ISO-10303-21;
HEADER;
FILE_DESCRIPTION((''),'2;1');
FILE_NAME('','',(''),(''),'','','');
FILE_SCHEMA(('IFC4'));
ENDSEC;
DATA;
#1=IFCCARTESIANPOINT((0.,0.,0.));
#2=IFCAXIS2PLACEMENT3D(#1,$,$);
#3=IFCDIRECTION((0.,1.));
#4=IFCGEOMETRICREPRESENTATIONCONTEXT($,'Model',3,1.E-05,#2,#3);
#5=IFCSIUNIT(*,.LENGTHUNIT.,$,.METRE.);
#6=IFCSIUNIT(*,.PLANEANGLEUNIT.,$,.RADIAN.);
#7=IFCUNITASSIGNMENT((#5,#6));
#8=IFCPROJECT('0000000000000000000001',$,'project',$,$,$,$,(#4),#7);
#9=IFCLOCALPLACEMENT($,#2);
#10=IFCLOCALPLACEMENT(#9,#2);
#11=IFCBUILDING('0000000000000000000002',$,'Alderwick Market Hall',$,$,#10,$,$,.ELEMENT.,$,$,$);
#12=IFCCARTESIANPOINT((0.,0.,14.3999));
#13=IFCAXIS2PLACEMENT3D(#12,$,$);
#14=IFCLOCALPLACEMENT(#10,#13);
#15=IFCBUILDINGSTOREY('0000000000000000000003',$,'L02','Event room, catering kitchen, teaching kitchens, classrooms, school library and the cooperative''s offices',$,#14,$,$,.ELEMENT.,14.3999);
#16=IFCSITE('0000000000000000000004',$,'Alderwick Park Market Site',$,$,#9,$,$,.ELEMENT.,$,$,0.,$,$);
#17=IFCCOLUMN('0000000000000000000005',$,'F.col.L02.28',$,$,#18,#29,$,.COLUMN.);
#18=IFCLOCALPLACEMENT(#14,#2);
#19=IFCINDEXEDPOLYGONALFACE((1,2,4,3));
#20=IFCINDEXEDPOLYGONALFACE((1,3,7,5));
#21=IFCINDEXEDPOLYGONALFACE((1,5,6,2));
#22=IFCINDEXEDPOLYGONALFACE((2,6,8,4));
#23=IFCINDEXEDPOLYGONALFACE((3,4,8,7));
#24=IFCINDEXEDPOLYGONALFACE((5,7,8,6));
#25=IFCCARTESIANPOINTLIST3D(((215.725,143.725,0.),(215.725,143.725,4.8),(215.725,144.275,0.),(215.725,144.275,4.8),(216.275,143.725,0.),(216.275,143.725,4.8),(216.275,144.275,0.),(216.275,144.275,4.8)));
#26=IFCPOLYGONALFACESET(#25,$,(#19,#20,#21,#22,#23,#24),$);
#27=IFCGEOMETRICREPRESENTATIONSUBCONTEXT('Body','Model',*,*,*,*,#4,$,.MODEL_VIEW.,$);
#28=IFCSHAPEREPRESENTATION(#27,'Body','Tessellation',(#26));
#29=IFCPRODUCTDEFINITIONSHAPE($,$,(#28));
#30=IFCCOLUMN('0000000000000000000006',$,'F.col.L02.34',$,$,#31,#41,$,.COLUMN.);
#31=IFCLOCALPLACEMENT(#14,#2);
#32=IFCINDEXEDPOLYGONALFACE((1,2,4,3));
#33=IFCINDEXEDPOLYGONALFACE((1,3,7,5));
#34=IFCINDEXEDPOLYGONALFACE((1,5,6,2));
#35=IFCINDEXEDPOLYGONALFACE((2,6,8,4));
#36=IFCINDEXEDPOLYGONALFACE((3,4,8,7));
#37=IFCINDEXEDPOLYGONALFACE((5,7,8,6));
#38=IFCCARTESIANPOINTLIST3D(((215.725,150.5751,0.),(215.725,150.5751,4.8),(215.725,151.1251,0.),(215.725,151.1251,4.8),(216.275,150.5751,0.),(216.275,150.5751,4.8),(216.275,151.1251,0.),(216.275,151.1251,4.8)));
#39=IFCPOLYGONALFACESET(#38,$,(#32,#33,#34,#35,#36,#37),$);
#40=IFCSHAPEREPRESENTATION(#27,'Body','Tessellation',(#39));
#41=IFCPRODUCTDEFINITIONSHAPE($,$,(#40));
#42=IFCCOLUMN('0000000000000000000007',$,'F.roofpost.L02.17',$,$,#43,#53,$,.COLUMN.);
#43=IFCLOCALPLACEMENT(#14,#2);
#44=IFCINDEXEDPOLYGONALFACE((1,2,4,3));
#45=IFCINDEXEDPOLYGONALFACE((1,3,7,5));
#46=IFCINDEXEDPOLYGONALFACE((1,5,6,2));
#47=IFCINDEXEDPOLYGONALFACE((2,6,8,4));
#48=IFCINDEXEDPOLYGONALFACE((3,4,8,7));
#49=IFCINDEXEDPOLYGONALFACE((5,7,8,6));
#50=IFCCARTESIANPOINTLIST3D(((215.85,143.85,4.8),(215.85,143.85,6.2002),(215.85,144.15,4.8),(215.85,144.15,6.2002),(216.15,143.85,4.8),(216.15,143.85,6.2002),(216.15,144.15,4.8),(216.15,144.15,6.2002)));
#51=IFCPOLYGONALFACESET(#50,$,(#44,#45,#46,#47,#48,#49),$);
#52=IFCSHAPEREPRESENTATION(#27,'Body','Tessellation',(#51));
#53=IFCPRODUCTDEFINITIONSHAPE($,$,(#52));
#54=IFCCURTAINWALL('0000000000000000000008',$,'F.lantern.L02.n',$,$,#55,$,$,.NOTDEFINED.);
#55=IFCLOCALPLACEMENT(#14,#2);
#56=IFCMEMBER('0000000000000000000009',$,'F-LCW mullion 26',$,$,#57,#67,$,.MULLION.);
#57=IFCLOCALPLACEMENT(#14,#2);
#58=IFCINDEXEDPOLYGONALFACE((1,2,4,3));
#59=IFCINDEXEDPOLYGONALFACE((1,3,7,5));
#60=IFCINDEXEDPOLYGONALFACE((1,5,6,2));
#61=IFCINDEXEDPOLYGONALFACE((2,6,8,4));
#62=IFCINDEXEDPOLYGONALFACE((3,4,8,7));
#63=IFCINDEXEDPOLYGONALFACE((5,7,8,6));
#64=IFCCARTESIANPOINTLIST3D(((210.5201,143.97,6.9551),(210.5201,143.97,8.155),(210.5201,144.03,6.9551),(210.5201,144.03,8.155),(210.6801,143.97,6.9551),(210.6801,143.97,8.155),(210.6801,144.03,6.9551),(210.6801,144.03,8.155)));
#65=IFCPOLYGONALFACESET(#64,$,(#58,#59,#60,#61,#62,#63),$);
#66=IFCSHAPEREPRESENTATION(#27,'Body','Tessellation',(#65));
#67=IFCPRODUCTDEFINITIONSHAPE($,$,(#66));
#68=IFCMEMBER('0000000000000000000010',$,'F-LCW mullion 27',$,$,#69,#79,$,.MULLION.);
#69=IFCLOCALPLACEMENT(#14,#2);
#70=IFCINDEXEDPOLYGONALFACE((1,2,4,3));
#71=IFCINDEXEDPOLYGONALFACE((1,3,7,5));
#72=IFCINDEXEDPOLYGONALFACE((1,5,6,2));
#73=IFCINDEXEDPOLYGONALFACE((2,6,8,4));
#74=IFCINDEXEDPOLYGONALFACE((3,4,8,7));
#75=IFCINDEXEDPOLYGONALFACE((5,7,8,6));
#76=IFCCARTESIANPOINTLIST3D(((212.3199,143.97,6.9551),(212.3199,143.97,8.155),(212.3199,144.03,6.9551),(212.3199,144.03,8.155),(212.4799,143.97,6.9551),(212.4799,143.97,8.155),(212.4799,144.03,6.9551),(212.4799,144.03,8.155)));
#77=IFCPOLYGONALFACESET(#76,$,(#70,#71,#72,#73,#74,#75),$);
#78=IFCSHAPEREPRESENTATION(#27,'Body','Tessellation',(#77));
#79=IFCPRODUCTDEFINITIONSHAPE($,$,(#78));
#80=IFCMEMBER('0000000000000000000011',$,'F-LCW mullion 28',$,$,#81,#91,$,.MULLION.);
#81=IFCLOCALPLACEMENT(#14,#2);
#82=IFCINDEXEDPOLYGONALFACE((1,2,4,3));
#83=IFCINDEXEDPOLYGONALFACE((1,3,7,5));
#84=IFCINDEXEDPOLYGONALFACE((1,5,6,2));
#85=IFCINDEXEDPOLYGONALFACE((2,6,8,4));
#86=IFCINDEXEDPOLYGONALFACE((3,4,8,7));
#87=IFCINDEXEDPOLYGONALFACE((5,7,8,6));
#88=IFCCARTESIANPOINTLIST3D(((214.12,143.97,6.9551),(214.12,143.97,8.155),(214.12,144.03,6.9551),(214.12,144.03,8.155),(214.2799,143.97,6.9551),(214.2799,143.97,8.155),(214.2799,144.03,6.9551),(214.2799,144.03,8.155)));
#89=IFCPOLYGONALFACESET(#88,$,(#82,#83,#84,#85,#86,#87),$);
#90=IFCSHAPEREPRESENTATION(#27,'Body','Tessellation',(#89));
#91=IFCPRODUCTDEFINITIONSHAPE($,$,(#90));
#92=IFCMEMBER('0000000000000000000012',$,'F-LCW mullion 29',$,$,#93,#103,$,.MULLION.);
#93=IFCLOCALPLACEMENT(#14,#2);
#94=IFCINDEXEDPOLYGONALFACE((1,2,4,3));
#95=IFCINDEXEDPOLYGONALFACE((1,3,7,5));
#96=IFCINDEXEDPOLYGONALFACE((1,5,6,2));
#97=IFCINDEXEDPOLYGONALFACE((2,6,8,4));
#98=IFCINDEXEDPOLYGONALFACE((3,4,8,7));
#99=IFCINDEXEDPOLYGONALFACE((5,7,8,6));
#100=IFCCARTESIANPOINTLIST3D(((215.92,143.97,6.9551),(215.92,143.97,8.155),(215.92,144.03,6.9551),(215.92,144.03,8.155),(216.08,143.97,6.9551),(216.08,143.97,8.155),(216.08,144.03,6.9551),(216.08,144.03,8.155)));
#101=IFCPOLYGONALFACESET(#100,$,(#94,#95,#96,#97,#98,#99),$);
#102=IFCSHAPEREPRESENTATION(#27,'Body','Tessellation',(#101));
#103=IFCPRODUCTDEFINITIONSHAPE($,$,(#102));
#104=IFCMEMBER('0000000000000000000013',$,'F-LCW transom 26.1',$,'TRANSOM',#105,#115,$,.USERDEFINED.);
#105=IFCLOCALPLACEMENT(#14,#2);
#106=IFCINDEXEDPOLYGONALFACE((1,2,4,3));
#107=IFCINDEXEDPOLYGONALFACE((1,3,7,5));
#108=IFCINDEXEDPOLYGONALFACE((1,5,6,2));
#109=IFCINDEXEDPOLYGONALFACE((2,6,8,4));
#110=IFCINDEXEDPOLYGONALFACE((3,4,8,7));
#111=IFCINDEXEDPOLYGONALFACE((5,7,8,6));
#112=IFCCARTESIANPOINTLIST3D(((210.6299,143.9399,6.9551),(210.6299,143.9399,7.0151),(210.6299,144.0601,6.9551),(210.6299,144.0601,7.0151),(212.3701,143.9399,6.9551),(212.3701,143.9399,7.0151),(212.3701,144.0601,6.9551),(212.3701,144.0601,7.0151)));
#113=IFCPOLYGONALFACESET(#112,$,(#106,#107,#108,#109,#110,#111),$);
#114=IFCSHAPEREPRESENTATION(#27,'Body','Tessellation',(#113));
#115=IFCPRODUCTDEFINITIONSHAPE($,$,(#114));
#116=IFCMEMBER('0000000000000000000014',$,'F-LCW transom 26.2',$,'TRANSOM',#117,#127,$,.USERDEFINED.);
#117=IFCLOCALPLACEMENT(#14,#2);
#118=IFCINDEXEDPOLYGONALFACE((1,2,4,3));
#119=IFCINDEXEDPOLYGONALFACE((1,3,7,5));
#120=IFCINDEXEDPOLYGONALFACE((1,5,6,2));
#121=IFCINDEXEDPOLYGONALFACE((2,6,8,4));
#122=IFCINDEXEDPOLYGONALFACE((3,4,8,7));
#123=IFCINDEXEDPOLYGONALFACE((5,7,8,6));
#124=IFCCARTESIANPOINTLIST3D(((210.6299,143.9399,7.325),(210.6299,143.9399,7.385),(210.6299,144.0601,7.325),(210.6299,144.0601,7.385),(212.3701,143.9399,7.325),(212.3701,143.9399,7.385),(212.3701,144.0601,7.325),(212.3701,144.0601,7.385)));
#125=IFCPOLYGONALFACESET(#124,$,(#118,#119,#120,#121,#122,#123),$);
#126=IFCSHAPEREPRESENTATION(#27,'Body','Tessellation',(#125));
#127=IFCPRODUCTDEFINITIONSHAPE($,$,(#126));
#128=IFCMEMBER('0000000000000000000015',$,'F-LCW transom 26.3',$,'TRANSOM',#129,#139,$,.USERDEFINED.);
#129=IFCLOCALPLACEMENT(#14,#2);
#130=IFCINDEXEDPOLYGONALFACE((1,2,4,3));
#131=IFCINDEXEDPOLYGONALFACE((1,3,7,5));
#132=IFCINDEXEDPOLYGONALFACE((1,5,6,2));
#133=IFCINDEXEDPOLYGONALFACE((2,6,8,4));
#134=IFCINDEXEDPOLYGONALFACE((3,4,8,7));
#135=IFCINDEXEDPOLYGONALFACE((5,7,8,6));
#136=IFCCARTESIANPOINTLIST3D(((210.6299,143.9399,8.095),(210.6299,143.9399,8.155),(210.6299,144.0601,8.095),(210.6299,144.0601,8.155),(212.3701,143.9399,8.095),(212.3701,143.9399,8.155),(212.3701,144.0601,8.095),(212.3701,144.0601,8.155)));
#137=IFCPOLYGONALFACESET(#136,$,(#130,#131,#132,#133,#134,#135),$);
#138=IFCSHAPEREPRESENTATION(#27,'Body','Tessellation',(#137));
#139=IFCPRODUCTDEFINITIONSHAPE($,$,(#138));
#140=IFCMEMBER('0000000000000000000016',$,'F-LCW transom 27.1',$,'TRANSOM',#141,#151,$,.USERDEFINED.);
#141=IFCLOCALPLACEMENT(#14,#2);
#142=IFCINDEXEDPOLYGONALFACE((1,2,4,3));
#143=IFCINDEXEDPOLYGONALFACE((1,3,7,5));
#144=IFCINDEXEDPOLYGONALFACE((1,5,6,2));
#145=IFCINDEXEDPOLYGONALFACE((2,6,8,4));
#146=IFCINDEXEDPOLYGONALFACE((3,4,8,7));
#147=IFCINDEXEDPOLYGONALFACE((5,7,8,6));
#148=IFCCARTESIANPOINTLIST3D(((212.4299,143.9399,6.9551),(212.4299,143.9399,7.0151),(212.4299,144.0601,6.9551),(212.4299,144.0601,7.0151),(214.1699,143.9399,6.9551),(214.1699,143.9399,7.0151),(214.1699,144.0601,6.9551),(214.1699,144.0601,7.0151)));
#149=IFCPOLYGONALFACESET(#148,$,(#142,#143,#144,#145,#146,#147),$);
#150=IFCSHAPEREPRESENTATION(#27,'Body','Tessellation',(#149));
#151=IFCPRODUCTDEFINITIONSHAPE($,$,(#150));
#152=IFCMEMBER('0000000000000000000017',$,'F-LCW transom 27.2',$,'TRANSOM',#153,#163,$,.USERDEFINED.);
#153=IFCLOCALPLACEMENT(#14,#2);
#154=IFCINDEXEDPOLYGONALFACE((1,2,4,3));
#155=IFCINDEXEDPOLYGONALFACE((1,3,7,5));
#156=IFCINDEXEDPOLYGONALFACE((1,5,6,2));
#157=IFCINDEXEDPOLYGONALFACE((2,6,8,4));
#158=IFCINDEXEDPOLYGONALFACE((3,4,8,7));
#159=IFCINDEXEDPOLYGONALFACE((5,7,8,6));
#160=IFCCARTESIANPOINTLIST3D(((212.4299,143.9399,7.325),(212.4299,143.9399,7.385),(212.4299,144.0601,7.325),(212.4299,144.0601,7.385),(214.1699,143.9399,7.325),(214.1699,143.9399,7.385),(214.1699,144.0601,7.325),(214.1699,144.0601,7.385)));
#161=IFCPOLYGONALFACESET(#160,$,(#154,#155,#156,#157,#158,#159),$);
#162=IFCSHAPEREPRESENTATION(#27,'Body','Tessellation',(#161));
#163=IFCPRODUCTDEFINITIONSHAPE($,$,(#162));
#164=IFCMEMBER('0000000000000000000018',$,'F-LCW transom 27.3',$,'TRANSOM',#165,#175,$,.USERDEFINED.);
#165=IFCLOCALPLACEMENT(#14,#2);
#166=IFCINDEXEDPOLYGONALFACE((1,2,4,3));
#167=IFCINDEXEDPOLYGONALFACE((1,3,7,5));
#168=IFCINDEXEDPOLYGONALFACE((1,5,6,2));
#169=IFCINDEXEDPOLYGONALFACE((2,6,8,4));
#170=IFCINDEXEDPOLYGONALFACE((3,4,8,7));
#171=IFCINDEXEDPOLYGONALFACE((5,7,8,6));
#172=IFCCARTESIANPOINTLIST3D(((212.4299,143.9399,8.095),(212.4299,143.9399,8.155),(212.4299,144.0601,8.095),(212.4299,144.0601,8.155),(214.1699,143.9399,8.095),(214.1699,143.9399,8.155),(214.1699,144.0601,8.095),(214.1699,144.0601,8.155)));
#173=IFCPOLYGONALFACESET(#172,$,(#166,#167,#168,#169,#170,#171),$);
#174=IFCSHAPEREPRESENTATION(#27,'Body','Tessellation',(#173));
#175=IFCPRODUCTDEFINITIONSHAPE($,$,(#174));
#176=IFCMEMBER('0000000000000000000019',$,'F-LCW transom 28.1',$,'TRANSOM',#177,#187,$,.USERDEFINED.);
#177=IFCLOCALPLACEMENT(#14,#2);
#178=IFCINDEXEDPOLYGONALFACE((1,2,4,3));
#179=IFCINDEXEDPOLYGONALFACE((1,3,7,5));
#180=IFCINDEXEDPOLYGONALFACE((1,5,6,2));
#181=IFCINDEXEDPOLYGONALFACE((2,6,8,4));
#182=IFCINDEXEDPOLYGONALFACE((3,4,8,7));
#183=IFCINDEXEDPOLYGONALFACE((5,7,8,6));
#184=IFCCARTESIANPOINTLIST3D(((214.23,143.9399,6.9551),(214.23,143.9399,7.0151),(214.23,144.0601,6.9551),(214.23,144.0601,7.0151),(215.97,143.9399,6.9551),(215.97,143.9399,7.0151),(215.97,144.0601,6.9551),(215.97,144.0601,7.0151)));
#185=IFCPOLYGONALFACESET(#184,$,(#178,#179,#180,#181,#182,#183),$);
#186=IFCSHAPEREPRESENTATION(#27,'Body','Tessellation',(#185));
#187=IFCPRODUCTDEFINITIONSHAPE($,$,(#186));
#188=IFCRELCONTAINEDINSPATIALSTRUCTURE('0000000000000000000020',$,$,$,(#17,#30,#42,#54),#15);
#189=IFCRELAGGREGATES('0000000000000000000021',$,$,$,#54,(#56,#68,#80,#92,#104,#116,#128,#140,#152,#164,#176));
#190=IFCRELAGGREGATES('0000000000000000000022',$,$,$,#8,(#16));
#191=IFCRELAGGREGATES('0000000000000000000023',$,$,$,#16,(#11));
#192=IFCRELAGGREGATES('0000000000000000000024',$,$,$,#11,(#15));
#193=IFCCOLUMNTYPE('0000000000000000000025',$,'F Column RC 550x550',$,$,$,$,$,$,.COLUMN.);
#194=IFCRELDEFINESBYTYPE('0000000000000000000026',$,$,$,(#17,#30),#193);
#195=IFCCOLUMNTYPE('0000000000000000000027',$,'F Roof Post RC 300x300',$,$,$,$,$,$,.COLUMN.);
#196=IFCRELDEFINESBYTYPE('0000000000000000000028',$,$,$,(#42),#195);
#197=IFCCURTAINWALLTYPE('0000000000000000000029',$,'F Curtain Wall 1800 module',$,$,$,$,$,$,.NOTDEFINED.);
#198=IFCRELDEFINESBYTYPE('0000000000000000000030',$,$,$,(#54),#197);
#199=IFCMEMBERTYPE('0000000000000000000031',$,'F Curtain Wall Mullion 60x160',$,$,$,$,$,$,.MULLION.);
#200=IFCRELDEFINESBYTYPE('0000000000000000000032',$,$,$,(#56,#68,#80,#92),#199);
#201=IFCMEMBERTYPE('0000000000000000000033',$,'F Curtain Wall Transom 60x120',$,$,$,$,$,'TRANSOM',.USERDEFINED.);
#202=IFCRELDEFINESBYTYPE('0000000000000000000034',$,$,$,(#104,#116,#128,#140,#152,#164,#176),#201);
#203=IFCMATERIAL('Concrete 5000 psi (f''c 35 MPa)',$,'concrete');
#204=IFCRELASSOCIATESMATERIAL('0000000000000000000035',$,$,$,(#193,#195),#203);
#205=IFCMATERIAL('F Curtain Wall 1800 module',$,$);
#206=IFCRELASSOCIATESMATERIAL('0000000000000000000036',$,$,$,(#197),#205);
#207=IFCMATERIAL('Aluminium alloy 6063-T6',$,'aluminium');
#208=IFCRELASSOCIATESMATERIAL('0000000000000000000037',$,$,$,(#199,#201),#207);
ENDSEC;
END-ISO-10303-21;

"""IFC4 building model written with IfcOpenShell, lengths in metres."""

from ifc_helpers import new_model, si_unit, direction, frame, origin, origin_2d, place, context, subcontext, project, spatial, rectangle, extrude, material, material_profile, profile_set, type_object, element, aggregate, save


model = new_model("IFC4")

# Units and contexts
model_context = context("Model", 3, precision=1e-05, world=origin(), true_north=direction((0.0, 1.0)))
body_context = subcontext(model_context, "Body", "Model", "MODEL_VIEW")
ifc_project = project(units=[si_unit("LENGTHUNIT", "METRE"), si_unit("PLANEANGLEUNIT", "RADIAN")], contexts=[model_context])

# Site, building, storey
site_placement = place(None, origin())
site = spatial("IfcSite", under=ifc_project, at=site_placement, Name="Alderwick Park Market Site", CompositionType="ELEMENT", RefElevation=0.0)
building_placement = place(site_placement, origin())
building = spatial("IfcBuilding", under=site, at=building_placement, Name="Alderwick Market Hall", CompositionType="ELEMENT")
storey_placement = place(building_placement, frame((0.0, 0.0, 14.3999)))
storey = spatial("IfcBuildingStorey", under=building, at=storey_placement, Name="L02", Description="Event room, catering kitchen, teaching kitchens, classrooms, school library and the cooperative's offices", CompositionType="ELEMENT", Elevation=14.3999)

# Columns
ifc_material_1 = material(Name="Concrete 5000 psi (f'c 35 MPa)", Category="concrete")
ifc_material_profile_1 = material_profile(ifc_material_1, rectangle(XDim=0.55, YDim=0.55, at=origin_2d()), Name="RC 550x550")
ifc_profile_set_1 = profile_set([ifc_material_profile_1], Name="Concrete 5000 psi (f'c 35 MPa)")
column_type_1 = type_object("IfcColumnType", Name="F Column RC 550x550", PredefinedType="COLUMN", material=ifc_profile_set_1)
for number, where, z_axis, x_axis, name in (
    (1, (216.0, 144.0, 0.0), (0.0, 0.0, 1.0), (1.0, 0.0, 0.0), "F.col.L02.28"),
    (2, (216.0, 150.8501, 0.0), (0.0, 0.0, 1.0), (1.0, 0.0, 0.0), "F.col.L02.34"),
):
    element("IfcColumn", number, at=place(storey_placement, frame(where, z_axis=z_axis, x_axis=x_axis)), inside=storey, type_object=column_type_1, Name=name, PredefinedType="COLUMN", context=body_context, shape_type="SweptSolid", body=[
        extrude(rectangle(XDim=0.55, YDim=0.55, at=origin_2d()), origin(), (0.0, 0.0, 1.0), 4.8),
    ])
ifc_material_profile_2 = material_profile(ifc_material_1, rectangle(XDim=0.3, YDim=0.3, at=origin_2d()), Name="RC 300x300")
ifc_profile_set_2 = profile_set([ifc_material_profile_2], Name="Concrete 5000 psi (f'c 35 MPa)")
column_type_2 = type_object("IfcColumnType", Name="F Roof Post RC 300x300", PredefinedType="COLUMN", material=ifc_profile_set_2)
column_placement = place(storey_placement, frame((216.0, 144.0, 4.8), z_axis=(0.0, 0.0, 1.0), x_axis=(1.0, 0.0, 0.0)))
element("IfcColumn", 3, at=column_placement, inside=storey, type_object=column_type_2, Name="F.roofpost.L02.17", PredefinedType="COLUMN", context=body_context, shape_type="SweptSolid", body=[
    extrude(rectangle(XDim=0.3, YDim=0.3, at=origin_2d()), origin(), (0.0, 0.0, 1.0), 1.4001),
])

# Curtain wall, members
ifc_material_2 = material(Name="F Curtain Wall 1800 module")
curtain_wall_type = type_object("IfcCurtainWallType", Name="F Curtain Wall 1800 module", PredefinedType="NOTDEFINED", material=ifc_material_2)
curtain_wall_placement = place(storey_placement, origin())
curtain_wall = element("IfcCurtainWall", 4, at=curtain_wall_placement, inside=storey, type_object=curtain_wall_type, Name="F.lantern.L02.n", PredefinedType="NOTDEFINED")
ifc_material_3 = material(Name="Aluminium alloy 6063-T6", Category="aluminium")
ifc_material_profile_3 = material_profile(ifc_material_3, rectangle(XDim=0.0601, YDim=0.1599, at=origin_2d()), Name="AL 60x160")
ifc_profile_set_3 = profile_set([ifc_material_profile_3], Name="Aluminium alloy 6063-T6")
member_type_1 = type_object("IfcMemberType", Name="F Curtain Wall Mullion 60x160", PredefinedType="MULLION", material=ifc_profile_set_3)
member_1_placement = place(storey_placement, frame((210.6001, 144.0, 6.9551), z_axis=(0.0, 0.0, 1.0), x_axis=(0.0, 1.0, 0.0)))
member_1 = element("IfcMember", 5, at=member_1_placement, type_object=member_type_1, Name="F-LCW mullion 26", PredefinedType="MULLION", context=body_context, shape_type="SweptSolid", body=[
    extrude(rectangle(XDim=0.0601, YDim=0.1599, at=origin_2d()), origin(), (0.0, 0.0, 1.0), 1.2),
])
member_2_placement = place(storey_placement, frame((212.3999, 144.0, 6.9551), z_axis=(0.0, 0.0, 1.0), x_axis=(0.0, 1.0, 0.0)))
member_2 = element("IfcMember", 6, at=member_2_placement, type_object=member_type_1, Name="F-LCW mullion 27", PredefinedType="MULLION", context=body_context, shape_type="SweptSolid", body=[
    extrude(rectangle(XDim=0.0601, YDim=0.1599, at=origin_2d()), origin(), (0.0, 0.0, 1.0), 1.2),
])
member_3_placement = place(storey_placement, frame((214.2, 144.0, 6.9551), z_axis=(0.0, 0.0, 1.0), x_axis=(0.0, 1.0, 0.0)))
member_3 = element("IfcMember", 7, at=member_3_placement, type_object=member_type_1, Name="F-LCW mullion 28", PredefinedType="MULLION", context=body_context, shape_type="SweptSolid", body=[
    extrude(rectangle(XDim=0.0601, YDim=0.1599, at=origin_2d()), origin(), (0.0, 0.0, 1.0), 1.2),
])
member_4_placement = place(storey_placement, frame((216.0, 144.0, 6.9551), z_axis=(0.0, 0.0, 1.0), x_axis=(0.0, 1.0, 0.0)))
member_4 = element("IfcMember", 8, at=member_4_placement, type_object=member_type_1, Name="F-LCW mullion 29", PredefinedType="MULLION", context=body_context, shape_type="SweptSolid", body=[
    extrude(rectangle(XDim=0.0601, YDim=0.1599, at=origin_2d()), origin(), (0.0, 0.0, 1.0), 1.2),
])
ifc_material_profile_4 = material_profile(ifc_material_3, rectangle(XDim=0.1201, YDim=0.0601, at=origin_2d()), Name="AL 60x120")
ifc_profile_set_4 = profile_set([ifc_material_profile_4], Name="Aluminium alloy 6063-T6")
member_type_2 = type_object("IfcMemberType", Name="F Curtain Wall Transom 60x120", ElementType="TRANSOM", PredefinedType="USERDEFINED", material=ifc_profile_set_4)
member_5_placement = place(storey_placement, frame((210.6299, 144.0, 6.9851), z_axis=(1.0, 0.0, 0.0), x_axis=(0.0, 1.0, 0.0)))
member_5 = element("IfcMember", 9, at=member_5_placement, type_object=member_type_2, Name="F-LCW transom 26.1", ObjectType="TRANSOM", PredefinedType="USERDEFINED", context=body_context, shape_type="SweptSolid", body=[
    extrude(rectangle(XDim=0.1201, YDim=0.0601, at=origin_2d()), origin(), (0.0, 0.0, 1.0), 1.7402),
])
member_6_placement = place(storey_placement, frame((210.6299, 144.0, 7.355), z_axis=(1.0, 0.0, 0.0), x_axis=(0.0, 1.0, 0.0)))
member_6 = element("IfcMember", 10, at=member_6_placement, type_object=member_type_2, Name="F-LCW transom 26.2", ObjectType="TRANSOM", PredefinedType="USERDEFINED", context=body_context, shape_type="SweptSolid", body=[
    extrude(rectangle(XDim=0.1201, YDim=0.0601, at=origin_2d()), origin(), (0.0, 0.0, 1.0), 1.7402),
])
member_7_placement = place(storey_placement, frame((210.6299, 144.0, 8.125), z_axis=(1.0, 0.0, 0.0), x_axis=(0.0, 1.0, 0.0)))
member_7 = element("IfcMember", 11, at=member_7_placement, type_object=member_type_2, Name="F-LCW transom 26.3", ObjectType="TRANSOM", PredefinedType="USERDEFINED", context=body_context, shape_type="SweptSolid", body=[
    extrude(rectangle(XDim=0.1201, YDim=0.0601, at=origin_2d()), origin(), (0.0, 0.0, 1.0), 1.7402),
])
member_8_placement = place(storey_placement, frame((212.4299, 144.0, 6.9851), z_axis=(1.0, 0.0, 0.0), x_axis=(0.0, 1.0, 0.0)))
member_8 = element("IfcMember", 12, at=member_8_placement, type_object=member_type_2, Name="F-LCW transom 27.1", ObjectType="TRANSOM", PredefinedType="USERDEFINED", context=body_context, shape_type="SweptSolid", body=[
    extrude(rectangle(XDim=0.1201, YDim=0.0601, at=origin_2d()), origin(), (0.0, 0.0, 1.0), 1.74),
])
member_9_placement = place(storey_placement, frame((212.4299, 144.0, 7.355), z_axis=(1.0, 0.0, 0.0), x_axis=(0.0, 1.0, 0.0)))
member_9 = element("IfcMember", 13, at=member_9_placement, type_object=member_type_2, Name="F-LCW transom 27.2", ObjectType="TRANSOM", PredefinedType="USERDEFINED", context=body_context, shape_type="SweptSolid", body=[
    extrude(rectangle(XDim=0.1201, YDim=0.0601, at=origin_2d()), origin(), (0.0, 0.0, 1.0), 1.74),
])
member_10_placement = place(storey_placement, frame((212.4299, 144.0, 8.125), z_axis=(1.0, 0.0, 0.0), x_axis=(0.0, 1.0, 0.0)))
member_10 = element("IfcMember", 14, at=member_10_placement, type_object=member_type_2, Name="F-LCW transom 27.3", ObjectType="TRANSOM", PredefinedType="USERDEFINED", context=body_context, shape_type="SweptSolid", body=[
    extrude(rectangle(XDim=0.1201, YDim=0.0601, at=origin_2d()), origin(), (0.0, 0.0, 1.0), 1.74),
])
member_11_placement = place(storey_placement, frame((214.23, 144.0, 6.9851), z_axis=(1.0, 0.0, 0.0), x_axis=(0.0, 1.0, 0.0)))
member_11 = element("IfcMember", 15, at=member_11_placement, type_object=member_type_2, Name="F-LCW transom 28.1", ObjectType="TRANSOM", PredefinedType="USERDEFINED", context=body_context, shape_type="SweptSolid", body=[
    extrude(rectangle(XDim=0.1201, YDim=0.0601, at=origin_2d()), origin(), (0.0, 0.0, 1.0), 1.74),
])

aggregate(curtain_wall, [member_1, member_2, member_3, member_4, member_5, member_6, member_7, member_8, member_9, member_10, member_11])

save(model, "model.ifc")
